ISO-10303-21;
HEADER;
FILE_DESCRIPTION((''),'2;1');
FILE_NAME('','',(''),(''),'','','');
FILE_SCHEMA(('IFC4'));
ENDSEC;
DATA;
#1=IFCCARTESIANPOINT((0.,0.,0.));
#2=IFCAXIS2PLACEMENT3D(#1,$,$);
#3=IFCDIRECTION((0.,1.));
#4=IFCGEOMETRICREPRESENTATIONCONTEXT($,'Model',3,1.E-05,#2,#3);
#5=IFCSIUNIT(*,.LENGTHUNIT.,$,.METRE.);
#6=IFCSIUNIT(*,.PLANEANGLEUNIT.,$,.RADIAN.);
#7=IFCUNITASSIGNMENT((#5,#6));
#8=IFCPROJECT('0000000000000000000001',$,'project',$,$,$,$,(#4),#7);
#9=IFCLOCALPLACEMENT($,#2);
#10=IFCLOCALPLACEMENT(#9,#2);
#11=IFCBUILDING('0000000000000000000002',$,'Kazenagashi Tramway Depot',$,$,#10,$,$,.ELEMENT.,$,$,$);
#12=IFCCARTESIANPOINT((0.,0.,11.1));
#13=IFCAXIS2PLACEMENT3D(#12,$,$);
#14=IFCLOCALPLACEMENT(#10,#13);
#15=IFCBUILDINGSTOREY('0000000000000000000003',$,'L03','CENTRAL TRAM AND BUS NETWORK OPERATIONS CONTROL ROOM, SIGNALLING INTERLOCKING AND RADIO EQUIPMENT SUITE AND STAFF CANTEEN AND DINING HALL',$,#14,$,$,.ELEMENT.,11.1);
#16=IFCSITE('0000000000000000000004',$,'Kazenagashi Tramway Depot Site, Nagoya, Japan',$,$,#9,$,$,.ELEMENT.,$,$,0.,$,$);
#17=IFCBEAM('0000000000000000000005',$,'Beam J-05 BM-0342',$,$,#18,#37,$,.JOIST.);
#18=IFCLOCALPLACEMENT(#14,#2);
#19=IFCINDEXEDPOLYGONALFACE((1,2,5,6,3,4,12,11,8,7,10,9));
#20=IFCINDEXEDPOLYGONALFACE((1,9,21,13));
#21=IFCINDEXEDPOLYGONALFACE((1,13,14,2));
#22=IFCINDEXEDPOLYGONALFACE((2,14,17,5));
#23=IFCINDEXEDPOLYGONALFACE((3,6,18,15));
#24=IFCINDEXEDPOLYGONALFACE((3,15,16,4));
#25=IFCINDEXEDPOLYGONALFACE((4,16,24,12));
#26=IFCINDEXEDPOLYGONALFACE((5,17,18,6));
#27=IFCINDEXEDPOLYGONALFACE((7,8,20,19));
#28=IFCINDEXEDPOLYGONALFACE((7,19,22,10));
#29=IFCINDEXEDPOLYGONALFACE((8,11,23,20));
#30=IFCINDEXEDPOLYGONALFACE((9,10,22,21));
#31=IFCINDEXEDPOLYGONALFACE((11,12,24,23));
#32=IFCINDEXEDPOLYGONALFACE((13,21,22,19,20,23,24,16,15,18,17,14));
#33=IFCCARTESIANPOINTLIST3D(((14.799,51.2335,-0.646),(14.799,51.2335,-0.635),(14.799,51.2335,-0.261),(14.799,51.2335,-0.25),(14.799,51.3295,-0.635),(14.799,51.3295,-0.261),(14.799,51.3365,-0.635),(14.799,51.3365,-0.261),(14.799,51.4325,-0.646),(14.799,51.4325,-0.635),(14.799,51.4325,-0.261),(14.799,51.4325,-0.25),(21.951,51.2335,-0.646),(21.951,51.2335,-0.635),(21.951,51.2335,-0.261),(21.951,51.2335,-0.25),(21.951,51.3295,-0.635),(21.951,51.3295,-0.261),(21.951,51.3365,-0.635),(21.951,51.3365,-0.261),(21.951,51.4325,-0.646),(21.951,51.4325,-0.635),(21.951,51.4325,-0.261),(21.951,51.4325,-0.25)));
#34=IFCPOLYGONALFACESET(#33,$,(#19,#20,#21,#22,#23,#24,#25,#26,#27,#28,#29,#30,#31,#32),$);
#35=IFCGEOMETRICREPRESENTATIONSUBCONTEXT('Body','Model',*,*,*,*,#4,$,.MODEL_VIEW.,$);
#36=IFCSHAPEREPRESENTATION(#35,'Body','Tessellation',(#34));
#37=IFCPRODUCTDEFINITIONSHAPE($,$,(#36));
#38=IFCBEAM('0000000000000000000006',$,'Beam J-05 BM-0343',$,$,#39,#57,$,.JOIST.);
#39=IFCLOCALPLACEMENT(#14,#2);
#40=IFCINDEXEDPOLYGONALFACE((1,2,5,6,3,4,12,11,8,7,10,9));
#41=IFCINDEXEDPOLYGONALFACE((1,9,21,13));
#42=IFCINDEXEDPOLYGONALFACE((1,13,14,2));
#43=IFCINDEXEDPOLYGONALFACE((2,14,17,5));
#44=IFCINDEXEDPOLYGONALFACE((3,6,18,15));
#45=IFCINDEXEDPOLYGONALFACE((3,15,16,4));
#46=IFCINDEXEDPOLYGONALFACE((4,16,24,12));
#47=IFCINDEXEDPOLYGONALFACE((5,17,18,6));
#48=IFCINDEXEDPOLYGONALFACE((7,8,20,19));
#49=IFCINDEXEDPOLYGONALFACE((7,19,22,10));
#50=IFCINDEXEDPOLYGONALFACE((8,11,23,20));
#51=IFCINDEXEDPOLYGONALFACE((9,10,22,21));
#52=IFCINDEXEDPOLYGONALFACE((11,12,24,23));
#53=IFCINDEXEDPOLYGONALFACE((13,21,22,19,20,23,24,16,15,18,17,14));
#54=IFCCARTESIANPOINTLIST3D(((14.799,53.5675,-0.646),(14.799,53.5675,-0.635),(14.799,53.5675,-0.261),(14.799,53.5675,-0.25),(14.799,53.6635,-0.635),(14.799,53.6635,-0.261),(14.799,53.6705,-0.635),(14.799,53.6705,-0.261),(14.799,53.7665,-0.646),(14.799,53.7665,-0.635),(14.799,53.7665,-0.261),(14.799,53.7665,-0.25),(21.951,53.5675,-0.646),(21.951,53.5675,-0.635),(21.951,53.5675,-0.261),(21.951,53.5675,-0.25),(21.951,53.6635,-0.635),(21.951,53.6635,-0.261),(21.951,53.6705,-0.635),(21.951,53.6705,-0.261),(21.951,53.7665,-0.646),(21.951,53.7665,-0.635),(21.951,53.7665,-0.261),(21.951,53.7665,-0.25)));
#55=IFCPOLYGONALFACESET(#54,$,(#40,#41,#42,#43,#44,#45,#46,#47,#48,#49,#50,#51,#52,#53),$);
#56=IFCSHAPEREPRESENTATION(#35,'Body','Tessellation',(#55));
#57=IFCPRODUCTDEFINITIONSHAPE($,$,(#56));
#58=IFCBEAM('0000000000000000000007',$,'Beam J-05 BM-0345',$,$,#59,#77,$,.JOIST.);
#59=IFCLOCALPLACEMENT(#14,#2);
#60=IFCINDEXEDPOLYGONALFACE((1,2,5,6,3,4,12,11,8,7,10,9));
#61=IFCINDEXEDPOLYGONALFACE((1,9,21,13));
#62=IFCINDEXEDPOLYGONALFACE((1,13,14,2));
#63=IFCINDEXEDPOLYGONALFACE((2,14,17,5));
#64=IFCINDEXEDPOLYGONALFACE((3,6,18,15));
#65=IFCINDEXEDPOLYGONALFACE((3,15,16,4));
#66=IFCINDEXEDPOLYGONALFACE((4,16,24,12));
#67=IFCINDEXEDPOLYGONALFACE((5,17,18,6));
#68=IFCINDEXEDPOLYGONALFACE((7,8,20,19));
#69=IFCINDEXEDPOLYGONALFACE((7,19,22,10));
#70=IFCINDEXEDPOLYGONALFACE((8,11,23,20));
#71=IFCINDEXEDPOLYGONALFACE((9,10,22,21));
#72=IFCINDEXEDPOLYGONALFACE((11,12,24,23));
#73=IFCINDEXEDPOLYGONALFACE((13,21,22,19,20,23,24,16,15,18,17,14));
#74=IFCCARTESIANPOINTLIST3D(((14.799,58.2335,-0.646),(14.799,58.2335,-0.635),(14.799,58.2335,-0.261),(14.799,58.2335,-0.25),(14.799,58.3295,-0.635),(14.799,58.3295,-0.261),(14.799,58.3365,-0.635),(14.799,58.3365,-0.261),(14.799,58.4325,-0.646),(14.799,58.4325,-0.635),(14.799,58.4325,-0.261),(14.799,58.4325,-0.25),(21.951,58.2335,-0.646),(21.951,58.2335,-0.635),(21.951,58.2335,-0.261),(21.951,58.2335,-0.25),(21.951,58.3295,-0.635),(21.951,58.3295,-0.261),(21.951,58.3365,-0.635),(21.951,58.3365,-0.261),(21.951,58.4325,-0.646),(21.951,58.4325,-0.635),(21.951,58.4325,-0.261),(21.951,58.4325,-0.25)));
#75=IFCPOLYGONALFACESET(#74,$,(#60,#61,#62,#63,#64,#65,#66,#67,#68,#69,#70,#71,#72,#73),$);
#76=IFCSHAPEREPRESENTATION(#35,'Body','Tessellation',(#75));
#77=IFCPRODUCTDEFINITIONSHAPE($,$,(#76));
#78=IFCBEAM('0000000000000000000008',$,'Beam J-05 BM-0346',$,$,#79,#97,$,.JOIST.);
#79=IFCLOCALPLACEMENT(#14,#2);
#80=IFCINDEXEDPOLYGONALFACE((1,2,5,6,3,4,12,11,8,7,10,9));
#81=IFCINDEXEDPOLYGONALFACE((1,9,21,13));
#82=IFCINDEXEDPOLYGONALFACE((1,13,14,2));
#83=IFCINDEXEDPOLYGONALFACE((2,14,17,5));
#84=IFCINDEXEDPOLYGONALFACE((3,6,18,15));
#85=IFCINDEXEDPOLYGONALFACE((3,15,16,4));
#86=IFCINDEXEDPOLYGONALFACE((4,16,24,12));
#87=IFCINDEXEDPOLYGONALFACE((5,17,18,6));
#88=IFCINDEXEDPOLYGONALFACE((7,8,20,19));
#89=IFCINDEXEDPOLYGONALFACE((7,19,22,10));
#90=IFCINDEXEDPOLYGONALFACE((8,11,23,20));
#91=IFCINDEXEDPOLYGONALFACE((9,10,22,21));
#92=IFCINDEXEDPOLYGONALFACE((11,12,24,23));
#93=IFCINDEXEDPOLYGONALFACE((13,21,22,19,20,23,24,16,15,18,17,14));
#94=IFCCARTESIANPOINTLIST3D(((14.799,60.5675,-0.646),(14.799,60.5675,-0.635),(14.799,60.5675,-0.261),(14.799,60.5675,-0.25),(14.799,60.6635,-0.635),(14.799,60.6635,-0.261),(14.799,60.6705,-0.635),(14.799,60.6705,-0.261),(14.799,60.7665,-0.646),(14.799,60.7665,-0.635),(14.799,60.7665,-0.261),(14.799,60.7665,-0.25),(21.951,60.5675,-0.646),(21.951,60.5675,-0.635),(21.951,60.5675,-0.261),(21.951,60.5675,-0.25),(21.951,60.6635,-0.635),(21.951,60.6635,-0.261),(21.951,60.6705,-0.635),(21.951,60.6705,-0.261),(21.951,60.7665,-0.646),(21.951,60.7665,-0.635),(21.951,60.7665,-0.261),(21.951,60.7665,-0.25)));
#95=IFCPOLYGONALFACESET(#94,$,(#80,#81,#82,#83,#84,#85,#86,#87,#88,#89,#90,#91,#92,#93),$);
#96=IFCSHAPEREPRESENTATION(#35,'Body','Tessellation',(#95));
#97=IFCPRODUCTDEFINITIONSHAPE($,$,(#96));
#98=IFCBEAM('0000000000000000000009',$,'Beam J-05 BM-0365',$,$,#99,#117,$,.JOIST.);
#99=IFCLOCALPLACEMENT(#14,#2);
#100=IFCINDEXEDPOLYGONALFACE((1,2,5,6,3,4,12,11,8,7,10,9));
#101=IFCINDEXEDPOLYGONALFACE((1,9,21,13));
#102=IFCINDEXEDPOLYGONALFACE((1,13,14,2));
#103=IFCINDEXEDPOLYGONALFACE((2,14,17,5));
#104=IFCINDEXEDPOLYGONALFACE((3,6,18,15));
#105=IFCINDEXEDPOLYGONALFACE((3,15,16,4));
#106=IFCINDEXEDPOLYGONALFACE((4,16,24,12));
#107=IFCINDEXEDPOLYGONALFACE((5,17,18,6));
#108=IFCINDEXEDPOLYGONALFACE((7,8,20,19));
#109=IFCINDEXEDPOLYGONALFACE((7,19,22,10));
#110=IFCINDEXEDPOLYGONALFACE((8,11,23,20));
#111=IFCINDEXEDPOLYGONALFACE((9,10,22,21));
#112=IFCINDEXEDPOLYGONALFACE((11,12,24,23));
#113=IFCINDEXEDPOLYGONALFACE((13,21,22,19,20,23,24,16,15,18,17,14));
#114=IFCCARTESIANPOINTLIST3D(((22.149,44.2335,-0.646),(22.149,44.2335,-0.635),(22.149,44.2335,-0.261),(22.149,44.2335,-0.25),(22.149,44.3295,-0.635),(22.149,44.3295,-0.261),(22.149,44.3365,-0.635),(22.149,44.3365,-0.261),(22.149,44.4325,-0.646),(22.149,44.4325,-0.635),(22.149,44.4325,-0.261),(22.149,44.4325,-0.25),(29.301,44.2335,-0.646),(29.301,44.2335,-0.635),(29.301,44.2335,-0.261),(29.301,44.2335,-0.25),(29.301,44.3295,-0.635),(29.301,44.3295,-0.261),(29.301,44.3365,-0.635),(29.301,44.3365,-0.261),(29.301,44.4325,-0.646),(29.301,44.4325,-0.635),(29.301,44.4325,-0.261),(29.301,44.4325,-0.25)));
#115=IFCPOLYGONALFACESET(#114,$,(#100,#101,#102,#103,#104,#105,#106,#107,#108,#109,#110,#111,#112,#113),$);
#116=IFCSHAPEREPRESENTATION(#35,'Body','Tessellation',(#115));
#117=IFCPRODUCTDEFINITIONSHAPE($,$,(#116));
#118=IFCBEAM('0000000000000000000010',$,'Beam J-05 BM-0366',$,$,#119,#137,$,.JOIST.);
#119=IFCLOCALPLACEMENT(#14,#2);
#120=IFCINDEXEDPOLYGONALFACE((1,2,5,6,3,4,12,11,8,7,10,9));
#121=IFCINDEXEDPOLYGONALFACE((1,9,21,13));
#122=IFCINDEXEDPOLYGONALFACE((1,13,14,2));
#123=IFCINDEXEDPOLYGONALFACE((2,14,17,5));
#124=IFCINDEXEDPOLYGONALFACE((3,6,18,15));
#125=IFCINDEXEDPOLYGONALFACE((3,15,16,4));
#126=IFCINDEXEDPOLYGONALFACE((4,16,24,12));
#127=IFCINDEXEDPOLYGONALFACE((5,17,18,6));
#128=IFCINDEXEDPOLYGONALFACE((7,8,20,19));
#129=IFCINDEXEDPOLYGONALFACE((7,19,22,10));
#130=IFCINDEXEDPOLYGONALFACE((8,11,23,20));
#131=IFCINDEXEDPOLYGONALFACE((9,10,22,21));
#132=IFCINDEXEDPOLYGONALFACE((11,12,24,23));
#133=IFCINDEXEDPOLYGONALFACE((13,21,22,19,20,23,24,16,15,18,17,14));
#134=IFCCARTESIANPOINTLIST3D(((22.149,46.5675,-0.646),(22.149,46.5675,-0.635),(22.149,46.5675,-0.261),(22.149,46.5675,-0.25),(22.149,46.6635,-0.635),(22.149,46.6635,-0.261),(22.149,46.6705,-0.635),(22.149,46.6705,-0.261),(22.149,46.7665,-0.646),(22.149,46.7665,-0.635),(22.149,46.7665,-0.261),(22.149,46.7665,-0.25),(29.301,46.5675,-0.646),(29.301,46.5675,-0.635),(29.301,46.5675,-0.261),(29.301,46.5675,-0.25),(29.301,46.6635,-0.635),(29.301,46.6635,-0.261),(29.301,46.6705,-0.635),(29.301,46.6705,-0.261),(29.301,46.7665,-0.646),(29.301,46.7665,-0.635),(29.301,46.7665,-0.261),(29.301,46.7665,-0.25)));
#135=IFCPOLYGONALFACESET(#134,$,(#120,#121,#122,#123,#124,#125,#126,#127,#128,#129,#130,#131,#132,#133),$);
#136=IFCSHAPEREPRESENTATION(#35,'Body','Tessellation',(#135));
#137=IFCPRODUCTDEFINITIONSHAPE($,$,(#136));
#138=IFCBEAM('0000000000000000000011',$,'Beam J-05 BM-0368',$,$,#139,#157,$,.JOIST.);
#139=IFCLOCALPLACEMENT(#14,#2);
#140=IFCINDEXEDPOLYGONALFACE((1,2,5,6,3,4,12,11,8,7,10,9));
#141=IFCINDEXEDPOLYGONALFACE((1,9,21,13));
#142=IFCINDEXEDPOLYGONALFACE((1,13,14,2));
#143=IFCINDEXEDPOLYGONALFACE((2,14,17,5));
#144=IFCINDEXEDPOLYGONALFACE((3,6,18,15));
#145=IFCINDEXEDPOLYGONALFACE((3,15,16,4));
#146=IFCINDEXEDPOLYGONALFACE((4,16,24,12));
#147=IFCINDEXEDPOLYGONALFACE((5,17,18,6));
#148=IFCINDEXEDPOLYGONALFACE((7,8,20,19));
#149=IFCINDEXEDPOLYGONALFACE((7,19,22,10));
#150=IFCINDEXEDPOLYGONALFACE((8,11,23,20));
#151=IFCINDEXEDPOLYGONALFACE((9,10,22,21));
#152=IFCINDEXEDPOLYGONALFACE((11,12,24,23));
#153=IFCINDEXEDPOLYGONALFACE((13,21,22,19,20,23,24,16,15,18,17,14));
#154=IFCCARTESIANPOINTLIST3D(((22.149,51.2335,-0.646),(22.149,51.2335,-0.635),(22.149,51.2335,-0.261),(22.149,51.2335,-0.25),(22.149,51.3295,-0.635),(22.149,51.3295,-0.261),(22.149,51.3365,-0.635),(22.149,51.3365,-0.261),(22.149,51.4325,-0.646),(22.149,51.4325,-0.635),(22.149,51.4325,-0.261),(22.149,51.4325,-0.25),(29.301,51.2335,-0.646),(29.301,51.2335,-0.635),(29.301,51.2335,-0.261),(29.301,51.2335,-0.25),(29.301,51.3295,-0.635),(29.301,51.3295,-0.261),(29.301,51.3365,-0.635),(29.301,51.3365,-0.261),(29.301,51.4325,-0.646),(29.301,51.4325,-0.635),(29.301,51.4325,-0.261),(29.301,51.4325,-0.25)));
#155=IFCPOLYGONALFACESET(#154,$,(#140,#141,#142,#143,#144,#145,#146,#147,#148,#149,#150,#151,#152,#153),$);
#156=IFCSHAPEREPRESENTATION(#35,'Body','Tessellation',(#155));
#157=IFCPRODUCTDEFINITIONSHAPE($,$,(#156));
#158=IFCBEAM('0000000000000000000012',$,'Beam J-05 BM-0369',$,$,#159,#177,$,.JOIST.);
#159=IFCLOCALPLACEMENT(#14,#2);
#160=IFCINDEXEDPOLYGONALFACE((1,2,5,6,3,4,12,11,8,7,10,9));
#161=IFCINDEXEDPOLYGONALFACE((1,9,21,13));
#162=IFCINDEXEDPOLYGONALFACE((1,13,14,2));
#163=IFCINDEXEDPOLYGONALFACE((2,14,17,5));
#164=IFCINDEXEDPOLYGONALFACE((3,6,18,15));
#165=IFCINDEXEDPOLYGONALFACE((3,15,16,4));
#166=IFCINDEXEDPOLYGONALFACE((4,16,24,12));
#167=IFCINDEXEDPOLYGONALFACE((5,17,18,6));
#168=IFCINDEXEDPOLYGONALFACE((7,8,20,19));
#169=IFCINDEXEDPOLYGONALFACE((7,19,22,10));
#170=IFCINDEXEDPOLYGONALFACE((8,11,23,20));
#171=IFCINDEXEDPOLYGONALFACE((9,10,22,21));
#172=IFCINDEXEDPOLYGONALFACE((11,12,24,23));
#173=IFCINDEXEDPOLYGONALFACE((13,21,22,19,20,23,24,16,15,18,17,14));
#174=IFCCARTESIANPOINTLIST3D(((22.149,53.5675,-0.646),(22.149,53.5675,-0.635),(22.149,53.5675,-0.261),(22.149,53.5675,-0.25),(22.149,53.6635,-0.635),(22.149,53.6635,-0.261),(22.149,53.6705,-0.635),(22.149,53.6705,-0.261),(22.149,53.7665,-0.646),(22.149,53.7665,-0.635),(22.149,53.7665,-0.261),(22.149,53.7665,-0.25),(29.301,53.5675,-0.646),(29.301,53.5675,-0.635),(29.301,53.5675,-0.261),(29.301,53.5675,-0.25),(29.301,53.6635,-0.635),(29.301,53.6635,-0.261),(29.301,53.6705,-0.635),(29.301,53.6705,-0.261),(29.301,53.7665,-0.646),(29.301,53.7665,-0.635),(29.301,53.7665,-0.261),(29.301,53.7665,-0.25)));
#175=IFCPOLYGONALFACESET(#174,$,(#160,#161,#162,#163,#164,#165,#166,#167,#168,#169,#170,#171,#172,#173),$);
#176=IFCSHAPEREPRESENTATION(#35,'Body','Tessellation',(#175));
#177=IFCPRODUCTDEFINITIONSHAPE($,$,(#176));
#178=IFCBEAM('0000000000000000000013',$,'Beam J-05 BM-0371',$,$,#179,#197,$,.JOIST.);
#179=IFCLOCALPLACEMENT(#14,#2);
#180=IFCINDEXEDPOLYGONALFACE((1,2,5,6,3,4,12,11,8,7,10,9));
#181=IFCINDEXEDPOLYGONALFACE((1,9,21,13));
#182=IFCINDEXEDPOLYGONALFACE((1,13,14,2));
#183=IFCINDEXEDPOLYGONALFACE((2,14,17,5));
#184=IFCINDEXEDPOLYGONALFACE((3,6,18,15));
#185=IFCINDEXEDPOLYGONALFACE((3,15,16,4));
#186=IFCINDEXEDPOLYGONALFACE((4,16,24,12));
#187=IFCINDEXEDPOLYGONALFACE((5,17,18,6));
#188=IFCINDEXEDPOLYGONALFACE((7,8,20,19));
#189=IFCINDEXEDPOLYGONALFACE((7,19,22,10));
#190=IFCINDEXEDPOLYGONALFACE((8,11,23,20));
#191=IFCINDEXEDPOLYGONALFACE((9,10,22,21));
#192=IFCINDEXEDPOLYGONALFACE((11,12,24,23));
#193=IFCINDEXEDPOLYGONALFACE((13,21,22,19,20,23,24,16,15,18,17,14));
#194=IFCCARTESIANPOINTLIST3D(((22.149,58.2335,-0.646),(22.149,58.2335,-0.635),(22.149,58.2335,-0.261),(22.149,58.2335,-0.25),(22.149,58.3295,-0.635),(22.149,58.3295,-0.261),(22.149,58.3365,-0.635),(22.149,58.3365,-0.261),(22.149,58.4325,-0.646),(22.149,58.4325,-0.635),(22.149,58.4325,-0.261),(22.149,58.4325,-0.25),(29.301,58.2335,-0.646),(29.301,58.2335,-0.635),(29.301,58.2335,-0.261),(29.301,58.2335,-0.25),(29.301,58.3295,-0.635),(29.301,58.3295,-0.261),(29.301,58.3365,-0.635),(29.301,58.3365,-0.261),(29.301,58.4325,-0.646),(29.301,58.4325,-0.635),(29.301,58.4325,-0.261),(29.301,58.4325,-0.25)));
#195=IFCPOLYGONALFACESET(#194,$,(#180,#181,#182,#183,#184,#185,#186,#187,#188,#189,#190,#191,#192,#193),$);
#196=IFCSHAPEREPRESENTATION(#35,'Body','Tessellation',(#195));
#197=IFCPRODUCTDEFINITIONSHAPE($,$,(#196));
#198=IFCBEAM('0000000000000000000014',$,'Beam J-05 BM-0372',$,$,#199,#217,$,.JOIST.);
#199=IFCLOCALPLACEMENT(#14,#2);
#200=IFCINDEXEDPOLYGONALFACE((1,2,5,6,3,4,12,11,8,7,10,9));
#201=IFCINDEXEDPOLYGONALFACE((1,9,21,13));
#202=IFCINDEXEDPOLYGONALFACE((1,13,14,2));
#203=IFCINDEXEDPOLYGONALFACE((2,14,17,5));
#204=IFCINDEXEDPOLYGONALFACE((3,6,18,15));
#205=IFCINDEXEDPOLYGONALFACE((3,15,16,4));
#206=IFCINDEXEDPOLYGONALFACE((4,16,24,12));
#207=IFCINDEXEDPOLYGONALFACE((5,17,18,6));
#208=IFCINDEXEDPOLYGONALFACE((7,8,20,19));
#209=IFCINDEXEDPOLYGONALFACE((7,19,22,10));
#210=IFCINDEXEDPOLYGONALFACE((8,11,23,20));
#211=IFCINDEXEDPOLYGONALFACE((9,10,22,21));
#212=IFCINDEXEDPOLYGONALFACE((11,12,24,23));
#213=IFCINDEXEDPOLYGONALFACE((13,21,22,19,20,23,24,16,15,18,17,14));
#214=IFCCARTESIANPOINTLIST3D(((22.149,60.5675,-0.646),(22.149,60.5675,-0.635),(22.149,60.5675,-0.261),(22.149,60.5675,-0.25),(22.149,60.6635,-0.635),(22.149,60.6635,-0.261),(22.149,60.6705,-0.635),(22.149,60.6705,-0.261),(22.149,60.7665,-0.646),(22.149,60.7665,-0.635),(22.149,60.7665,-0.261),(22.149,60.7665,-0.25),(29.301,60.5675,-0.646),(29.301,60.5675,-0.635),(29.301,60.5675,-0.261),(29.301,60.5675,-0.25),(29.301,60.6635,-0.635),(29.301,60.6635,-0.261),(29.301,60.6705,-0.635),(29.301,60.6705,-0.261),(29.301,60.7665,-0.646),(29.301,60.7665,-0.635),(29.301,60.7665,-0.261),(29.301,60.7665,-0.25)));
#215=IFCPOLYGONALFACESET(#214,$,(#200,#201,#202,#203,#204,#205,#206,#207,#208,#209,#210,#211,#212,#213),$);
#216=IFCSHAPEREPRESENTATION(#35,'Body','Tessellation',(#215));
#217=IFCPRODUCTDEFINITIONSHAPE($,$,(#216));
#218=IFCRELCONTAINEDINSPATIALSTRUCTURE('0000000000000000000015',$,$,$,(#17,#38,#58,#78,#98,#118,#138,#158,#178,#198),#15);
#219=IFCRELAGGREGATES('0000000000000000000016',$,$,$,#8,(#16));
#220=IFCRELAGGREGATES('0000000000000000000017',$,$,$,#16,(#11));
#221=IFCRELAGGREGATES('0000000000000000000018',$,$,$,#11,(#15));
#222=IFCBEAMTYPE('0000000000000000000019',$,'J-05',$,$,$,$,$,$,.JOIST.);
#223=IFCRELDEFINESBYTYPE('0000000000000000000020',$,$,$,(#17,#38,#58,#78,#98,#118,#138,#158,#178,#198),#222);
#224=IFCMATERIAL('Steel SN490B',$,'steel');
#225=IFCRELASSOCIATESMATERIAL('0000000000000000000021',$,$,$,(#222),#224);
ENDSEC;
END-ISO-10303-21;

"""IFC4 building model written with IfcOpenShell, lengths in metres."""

from ifc_helpers import new_model, si_unit, direction, frame, origin, origin_2d, place, context, subcontext, project, spatial, i_section, extrude, material, material_profile, profile_set, type_object, element, save


model = new_model("IFC4")

# Units and contexts
model_context = context("Model", 3, precision=1e-05, world=origin(), true_north=direction((0.0, 1.0)))
body_context = subcontext(model_context, "Body", "Model", "MODEL_VIEW")
ifc_project = project(units=[si_unit("LENGTHUNIT", "METRE"), si_unit("PLANEANGLEUNIT", "RADIAN")], contexts=[model_context])

# Site, building, storey
site_placement = place(None, origin())
site = spatial("IfcSite", under=ifc_project, at=site_placement, Name="Kazenagashi Tramway Depot Site, Nagoya, Japan", CompositionType="ELEMENT", RefElevation=0.0)
building_placement = place(site_placement, origin())
building = spatial("IfcBuilding", under=site, at=building_placement, Name="Kazenagashi Tramway Depot", CompositionType="ELEMENT")
storey_placement = place(building_placement, frame((0.0, 0.0, 11.1)))
storey = spatial("IfcBuildingStorey", under=building, at=storey_placement, Name="L03", Description="CENTRAL TRAM AND BUS NETWORK OPERATIONS CONTROL ROOM, SIGNALLING INTERLOCKING AND RADIO EQUIPMENT SUITE AND STAFF CANTEEN AND DINING HALL", CompositionType="ELEMENT", Elevation=11.1)

# Shared definitions
ifc_material = material(Name="Steel SN490B", Category="steel")

# Beams
ifc_material_profile_1 = material_profile(ifc_material, i_section(OverallWidth=0.199, OverallDepth=0.396, WebThickness=0.007, FlangeThickness=0.011, at=origin_2d()), Name="H-396x199x7x11")
ifc_profile_set_1 = profile_set([ifc_material_profile_1], Name="Steel SN490B")
beam_type_1 = type_object("IfcBeamType", Name="J-05", PredefinedType="JOIST", material=ifc_profile_set_1)
for number, where, z_axis, x_axis, name in (
    (1, (14.799, 51.333, -0.448), (1.0, 0.0, 0.0), (0.0, 1.0, 0.0), "Beam J-05 BM-0342"),
    (2, (14.799, 53.667, -0.448), (1.0, 0.0, 0.0), (0.0, 1.0, 0.0), "Beam J-05 BM-0343"),
    (3, (14.799, 58.333, -0.448), (1.0, 0.0, 0.0), (0.0, 1.0, 0.0), "Beam J-05 BM-0345"),
    (4, (14.799, 60.667, -0.448), (1.0, 0.0, 0.0), (0.0, 1.0, 0.0), "Beam J-05 BM-0346"),
    (5, (22.149, 44.333, -0.448), (1.0, 0.0, 0.0), (0.0, 1.0, 0.0), "Beam J-05 BM-0365"),
    (6, (22.149, 46.667, -0.448), (1.0, 0.0, 0.0), (0.0, 1.0, 0.0), "Beam J-05 BM-0366"),
    (7, (22.149, 51.333, -0.448), (1.0, 0.0, 0.0), (0.0, 1.0, 0.0), "Beam J-05 BM-0368"),
    (8, (22.149, 53.667, -0.448), (1.0, 0.0, 0.0), (0.0, 1.0, 0.0), "Beam J-05 BM-0369"),
    (9, (22.149, 58.333, -0.448), (1.0, 0.0, 0.0), (0.0, 1.0, 0.0), "Beam J-05 BM-0371"),
    (10, (22.149, 60.667, -0.448), (1.0, 0.0, 0.0), (0.0, 1.0, 0.0), "Beam J-05 BM-0372"),
):
    element("IfcBeam", number, at=place(storey_placement, frame(where, z_axis=z_axis, x_axis=x_axis)), inside=storey, type_object=beam_type_1, Name=name, PredefinedType="JOIST", context=body_context, shape_type="SweptSolid", body=[
        extrude(i_section(OverallWidth=0.199, OverallDepth=0.396, WebThickness=0.007, FlangeThickness=0.011, at=origin_2d()), origin(), (0.0, 0.0, 1.0), 7.152),
    ])

save(model, "model.ifc")
